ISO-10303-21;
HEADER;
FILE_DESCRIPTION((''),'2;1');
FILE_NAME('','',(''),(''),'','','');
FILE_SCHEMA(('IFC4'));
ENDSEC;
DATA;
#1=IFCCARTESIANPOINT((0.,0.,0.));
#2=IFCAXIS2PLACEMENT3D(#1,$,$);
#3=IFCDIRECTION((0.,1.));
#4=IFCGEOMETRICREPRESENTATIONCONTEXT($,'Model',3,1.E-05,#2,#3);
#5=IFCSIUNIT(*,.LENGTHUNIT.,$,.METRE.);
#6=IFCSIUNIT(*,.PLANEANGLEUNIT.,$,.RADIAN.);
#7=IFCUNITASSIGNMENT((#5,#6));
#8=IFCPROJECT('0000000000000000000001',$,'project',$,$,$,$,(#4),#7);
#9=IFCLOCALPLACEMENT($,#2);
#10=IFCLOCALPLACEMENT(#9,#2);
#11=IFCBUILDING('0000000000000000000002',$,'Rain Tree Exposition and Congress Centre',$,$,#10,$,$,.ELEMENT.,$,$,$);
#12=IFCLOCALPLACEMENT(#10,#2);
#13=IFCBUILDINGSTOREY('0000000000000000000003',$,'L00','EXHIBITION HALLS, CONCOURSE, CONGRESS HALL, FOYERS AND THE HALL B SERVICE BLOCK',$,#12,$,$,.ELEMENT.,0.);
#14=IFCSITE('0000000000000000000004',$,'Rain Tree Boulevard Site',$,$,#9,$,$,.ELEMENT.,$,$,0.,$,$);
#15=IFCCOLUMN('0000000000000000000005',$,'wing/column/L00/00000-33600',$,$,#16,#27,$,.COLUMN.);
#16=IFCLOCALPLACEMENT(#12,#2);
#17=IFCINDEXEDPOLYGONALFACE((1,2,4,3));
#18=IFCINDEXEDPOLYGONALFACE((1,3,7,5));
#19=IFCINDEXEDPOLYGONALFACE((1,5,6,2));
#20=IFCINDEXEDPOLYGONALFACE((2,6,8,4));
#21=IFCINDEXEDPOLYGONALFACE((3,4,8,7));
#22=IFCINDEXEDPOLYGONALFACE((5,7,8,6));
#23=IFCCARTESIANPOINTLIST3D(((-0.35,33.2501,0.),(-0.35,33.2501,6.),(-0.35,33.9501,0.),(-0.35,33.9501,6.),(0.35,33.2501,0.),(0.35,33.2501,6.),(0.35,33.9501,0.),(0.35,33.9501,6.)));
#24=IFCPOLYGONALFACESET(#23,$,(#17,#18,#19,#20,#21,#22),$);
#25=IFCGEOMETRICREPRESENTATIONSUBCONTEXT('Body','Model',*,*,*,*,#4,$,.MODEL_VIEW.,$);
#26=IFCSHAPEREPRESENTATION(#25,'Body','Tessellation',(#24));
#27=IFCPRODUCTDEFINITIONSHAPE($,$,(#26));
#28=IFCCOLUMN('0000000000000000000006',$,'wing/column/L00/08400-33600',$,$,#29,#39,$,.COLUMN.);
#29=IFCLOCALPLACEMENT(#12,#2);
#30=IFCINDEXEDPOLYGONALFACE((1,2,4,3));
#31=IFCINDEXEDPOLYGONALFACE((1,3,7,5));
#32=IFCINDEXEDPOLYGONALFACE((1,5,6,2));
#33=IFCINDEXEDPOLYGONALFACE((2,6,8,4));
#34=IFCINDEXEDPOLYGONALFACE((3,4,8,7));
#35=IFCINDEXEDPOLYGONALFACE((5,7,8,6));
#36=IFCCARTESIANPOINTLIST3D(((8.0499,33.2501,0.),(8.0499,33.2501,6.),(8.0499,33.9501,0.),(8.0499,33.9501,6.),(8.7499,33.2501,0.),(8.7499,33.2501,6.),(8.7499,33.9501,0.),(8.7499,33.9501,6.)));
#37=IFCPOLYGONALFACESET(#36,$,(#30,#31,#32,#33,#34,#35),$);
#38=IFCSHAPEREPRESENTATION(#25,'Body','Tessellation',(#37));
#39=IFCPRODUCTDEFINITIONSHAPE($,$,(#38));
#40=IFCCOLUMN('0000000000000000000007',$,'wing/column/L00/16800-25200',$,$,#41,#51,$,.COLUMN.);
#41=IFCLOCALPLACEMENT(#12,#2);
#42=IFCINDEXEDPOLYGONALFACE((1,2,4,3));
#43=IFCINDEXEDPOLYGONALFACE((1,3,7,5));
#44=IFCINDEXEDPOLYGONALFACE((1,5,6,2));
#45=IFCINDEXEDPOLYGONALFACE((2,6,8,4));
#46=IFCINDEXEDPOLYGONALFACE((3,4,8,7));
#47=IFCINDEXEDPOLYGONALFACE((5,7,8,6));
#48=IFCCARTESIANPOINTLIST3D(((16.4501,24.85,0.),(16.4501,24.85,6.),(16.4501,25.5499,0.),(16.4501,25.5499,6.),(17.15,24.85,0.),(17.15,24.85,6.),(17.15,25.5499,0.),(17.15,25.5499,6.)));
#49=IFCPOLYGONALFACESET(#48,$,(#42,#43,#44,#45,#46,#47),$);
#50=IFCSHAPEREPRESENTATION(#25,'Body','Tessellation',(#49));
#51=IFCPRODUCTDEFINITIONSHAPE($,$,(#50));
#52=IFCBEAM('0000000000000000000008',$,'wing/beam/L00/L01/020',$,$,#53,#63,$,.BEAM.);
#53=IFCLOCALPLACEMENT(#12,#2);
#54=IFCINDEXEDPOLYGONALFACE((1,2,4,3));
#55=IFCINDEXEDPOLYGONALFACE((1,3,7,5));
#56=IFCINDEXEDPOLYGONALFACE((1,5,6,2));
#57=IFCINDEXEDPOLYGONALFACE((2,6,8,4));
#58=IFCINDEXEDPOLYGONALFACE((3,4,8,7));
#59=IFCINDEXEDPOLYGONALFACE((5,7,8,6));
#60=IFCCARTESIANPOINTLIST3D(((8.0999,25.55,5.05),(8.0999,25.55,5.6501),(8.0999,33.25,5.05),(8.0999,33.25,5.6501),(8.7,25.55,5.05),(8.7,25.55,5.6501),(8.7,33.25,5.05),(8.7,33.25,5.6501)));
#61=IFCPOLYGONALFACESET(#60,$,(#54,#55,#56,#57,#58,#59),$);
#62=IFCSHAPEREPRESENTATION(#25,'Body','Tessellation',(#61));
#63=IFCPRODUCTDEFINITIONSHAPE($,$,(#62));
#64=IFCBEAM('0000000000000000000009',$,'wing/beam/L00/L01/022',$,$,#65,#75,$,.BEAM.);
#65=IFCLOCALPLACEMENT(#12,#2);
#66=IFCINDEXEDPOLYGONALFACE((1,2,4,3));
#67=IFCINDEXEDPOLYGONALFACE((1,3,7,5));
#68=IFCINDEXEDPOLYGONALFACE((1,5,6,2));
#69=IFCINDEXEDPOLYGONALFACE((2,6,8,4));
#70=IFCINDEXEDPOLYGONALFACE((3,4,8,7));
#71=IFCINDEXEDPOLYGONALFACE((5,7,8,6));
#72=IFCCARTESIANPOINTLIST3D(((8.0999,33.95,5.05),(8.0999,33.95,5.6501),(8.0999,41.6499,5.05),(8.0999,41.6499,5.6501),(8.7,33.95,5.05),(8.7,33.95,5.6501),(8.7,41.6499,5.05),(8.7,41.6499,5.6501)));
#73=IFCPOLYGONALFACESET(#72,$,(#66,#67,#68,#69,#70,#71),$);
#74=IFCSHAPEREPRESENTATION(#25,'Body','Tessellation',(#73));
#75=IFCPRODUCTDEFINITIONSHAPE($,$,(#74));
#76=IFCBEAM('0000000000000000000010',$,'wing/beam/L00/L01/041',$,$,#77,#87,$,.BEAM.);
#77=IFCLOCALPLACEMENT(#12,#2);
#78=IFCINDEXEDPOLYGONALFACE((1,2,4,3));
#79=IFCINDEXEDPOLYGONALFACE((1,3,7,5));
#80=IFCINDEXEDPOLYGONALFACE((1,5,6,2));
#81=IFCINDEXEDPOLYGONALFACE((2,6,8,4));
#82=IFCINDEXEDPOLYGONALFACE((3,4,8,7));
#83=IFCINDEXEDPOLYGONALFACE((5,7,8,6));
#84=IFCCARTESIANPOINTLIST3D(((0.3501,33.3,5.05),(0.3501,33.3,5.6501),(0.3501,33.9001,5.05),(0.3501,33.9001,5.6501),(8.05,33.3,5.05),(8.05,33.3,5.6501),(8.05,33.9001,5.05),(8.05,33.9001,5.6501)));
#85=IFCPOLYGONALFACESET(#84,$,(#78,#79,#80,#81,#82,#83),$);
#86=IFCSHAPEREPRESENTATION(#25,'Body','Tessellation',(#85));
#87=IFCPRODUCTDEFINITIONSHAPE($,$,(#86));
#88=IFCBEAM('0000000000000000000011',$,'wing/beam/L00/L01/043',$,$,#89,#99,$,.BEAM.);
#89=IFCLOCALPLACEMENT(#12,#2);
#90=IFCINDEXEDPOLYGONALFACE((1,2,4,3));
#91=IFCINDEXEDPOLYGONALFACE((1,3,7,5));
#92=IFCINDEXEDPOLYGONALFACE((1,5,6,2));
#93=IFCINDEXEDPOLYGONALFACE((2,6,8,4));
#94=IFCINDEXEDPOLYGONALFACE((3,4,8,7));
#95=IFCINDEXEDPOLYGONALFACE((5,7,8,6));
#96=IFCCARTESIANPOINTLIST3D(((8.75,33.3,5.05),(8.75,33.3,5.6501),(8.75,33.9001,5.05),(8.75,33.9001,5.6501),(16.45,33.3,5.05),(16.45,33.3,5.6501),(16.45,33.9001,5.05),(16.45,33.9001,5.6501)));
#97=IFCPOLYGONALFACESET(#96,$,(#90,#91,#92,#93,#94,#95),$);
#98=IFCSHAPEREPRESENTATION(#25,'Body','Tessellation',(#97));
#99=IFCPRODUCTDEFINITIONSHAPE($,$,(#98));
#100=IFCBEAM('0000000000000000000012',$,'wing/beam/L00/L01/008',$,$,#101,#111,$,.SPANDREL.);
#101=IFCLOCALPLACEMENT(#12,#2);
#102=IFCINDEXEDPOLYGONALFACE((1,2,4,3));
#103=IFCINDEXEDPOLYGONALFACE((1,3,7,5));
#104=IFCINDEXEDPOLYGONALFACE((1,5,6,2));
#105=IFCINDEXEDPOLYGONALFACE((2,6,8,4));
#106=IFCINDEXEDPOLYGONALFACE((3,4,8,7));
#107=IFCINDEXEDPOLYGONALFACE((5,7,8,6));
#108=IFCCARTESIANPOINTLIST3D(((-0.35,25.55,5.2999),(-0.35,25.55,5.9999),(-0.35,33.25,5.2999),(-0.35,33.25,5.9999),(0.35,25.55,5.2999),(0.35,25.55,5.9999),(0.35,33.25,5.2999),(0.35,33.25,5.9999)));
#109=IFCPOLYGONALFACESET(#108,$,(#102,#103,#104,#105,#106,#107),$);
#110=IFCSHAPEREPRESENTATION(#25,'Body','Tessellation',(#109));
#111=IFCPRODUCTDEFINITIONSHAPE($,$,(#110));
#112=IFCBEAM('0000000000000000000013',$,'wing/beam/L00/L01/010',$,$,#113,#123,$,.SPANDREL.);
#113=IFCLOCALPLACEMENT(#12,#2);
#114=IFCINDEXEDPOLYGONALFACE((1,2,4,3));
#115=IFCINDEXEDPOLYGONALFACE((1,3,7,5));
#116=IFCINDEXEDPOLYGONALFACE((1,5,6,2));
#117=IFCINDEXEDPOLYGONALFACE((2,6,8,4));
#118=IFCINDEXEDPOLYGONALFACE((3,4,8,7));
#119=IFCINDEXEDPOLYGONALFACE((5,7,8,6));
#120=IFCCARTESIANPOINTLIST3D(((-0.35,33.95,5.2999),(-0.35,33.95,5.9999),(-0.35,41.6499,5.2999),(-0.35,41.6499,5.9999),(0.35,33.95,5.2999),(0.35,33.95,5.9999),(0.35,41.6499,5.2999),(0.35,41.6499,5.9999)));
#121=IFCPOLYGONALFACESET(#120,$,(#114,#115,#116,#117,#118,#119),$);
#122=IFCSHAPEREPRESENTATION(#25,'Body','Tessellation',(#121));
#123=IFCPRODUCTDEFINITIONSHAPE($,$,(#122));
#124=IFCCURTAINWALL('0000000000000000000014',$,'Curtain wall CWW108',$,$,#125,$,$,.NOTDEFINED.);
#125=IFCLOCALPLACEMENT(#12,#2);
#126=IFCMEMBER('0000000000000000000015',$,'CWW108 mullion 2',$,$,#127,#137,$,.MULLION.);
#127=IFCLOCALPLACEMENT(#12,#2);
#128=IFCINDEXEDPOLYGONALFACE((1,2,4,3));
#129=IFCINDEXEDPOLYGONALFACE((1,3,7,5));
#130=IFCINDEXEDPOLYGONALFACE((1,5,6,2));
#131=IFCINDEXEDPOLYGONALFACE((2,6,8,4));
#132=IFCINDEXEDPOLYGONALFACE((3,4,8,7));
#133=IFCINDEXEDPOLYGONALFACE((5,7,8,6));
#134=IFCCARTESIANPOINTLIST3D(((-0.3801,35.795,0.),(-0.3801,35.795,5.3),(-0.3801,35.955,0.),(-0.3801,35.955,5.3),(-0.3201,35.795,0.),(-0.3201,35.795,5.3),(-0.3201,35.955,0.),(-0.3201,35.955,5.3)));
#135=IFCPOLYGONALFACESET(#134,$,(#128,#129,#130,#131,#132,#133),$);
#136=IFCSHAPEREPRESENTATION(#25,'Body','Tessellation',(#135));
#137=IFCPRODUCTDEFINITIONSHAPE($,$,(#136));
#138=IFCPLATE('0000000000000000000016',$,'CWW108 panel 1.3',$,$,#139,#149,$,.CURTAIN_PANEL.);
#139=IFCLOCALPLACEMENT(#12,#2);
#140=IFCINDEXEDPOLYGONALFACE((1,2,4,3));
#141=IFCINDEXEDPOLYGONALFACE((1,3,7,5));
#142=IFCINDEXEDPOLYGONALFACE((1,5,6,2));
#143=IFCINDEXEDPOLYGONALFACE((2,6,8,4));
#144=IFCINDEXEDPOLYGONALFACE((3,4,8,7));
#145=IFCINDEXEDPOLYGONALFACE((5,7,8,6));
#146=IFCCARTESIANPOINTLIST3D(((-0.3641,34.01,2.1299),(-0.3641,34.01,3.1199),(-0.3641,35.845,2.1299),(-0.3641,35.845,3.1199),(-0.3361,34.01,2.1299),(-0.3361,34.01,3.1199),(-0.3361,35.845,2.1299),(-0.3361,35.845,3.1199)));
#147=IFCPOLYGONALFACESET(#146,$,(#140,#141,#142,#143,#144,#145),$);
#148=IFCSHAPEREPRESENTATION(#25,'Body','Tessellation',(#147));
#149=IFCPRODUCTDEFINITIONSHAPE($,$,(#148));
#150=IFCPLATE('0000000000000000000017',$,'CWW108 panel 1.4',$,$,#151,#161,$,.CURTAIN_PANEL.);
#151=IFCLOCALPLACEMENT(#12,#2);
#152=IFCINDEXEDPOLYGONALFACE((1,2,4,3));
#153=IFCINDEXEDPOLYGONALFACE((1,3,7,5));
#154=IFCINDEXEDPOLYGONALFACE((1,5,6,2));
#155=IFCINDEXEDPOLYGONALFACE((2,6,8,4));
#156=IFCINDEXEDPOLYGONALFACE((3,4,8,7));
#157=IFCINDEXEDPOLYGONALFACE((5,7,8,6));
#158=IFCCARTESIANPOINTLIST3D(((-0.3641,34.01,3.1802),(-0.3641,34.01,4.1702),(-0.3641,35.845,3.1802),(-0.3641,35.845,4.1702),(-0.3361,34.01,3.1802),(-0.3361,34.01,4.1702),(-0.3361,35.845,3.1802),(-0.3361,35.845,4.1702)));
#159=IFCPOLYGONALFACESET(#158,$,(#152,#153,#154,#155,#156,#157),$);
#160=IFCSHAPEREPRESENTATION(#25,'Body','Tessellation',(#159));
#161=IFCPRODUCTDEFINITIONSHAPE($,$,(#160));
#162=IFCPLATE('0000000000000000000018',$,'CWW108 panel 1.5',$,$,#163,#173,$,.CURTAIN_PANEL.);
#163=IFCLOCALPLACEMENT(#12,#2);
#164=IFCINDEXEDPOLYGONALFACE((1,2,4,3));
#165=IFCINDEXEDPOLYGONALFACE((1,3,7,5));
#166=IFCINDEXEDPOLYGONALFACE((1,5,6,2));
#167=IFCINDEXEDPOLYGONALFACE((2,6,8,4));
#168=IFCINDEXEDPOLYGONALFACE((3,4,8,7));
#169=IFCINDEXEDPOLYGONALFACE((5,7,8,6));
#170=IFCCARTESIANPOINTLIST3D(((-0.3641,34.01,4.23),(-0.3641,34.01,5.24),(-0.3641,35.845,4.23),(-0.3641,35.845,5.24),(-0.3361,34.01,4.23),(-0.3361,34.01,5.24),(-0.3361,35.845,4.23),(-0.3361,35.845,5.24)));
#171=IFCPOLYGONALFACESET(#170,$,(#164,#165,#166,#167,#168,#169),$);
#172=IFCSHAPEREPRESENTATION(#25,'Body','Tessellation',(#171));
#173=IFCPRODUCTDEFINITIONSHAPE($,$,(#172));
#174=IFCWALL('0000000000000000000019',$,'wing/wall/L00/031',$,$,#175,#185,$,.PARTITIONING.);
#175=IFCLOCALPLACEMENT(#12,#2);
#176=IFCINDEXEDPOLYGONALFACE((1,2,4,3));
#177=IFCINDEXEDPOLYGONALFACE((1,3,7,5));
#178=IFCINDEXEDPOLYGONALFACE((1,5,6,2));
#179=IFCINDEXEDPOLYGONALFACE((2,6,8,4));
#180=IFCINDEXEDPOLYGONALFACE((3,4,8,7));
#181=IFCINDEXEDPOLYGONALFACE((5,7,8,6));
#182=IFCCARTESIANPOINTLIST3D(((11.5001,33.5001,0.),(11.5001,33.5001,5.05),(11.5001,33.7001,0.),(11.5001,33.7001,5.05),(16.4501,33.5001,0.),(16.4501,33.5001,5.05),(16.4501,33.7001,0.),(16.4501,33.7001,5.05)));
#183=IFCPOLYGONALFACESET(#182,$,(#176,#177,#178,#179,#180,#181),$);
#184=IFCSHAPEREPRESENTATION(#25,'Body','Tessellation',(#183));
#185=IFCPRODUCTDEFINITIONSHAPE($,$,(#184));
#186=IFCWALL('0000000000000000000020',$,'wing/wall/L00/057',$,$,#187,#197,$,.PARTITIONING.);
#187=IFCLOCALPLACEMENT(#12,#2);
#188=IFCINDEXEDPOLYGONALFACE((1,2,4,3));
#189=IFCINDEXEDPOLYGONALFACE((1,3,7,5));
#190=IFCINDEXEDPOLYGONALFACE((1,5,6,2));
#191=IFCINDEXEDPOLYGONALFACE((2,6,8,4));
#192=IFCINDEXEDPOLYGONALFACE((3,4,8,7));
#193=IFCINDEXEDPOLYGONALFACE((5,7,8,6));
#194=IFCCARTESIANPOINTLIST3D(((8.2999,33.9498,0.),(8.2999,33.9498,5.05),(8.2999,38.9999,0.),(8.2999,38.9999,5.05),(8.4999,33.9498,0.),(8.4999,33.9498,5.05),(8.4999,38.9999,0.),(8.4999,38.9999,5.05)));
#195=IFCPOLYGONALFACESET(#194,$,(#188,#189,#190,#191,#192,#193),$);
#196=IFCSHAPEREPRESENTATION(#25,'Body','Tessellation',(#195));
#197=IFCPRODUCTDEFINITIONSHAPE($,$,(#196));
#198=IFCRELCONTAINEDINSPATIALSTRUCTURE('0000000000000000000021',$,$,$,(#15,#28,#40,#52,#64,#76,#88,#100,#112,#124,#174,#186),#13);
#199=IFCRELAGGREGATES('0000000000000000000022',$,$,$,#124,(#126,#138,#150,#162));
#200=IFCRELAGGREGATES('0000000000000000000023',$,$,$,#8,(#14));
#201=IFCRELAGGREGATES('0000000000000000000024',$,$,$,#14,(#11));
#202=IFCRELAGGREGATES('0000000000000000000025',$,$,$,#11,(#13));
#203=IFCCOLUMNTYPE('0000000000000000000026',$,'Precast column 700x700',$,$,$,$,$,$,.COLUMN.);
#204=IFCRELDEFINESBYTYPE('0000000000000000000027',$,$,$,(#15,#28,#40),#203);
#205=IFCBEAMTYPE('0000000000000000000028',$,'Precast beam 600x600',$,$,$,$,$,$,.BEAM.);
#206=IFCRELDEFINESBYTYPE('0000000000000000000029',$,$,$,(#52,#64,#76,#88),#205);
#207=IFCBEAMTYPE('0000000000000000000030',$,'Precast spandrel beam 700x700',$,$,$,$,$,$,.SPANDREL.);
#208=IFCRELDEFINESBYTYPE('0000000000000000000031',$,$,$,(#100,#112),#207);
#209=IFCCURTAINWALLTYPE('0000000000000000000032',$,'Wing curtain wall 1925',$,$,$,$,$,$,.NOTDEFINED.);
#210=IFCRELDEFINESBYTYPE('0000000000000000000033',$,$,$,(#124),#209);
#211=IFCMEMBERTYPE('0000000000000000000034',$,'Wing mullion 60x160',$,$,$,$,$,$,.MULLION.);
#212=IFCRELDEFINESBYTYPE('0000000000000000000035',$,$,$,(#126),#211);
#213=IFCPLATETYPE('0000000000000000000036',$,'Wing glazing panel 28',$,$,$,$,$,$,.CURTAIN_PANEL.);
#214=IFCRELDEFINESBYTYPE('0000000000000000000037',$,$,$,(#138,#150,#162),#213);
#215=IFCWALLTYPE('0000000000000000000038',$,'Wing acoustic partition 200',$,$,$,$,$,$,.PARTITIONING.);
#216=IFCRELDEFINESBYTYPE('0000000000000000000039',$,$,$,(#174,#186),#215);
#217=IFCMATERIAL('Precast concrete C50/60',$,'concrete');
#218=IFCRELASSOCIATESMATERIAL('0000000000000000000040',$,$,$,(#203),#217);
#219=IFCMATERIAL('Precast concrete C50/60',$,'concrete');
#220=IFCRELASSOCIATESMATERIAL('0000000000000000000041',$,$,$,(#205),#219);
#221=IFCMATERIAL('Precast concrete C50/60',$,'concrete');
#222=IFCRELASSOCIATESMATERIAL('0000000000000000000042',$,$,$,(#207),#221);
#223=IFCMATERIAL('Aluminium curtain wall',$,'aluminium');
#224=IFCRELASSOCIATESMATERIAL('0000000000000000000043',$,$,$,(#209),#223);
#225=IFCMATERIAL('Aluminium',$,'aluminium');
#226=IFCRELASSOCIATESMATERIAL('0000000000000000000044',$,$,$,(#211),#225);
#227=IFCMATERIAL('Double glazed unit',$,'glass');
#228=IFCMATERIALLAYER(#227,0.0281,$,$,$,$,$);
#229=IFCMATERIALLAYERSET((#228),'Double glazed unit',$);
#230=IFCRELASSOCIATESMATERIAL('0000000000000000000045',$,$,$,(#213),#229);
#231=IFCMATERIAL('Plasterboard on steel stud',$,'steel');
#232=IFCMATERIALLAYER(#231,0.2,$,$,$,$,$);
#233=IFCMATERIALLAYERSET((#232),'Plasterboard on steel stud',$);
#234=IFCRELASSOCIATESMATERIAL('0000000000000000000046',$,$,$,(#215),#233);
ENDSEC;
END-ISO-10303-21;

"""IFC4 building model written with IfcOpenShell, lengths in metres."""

from ifc_helpers import new_model, si_unit, direction, frame, frame_2d, origin, origin_2d, place, context, subcontext, project, spatial, rectangle, extrude, material, layer, layer_set, material_profile, profile_set, type_object, element, aggregate, save


model = new_model("IFC4")

# Units and contexts
model_context = context("Model", 3, precision=1e-05, world=origin(), true_north=direction((0.0, 1.0)))
body_context = subcontext(model_context, "Body", "Model", "MODEL_VIEW")
ifc_project = project(units=[si_unit("LENGTHUNIT", "METRE"), si_unit("PLANEANGLEUNIT", "RADIAN")], contexts=[model_context])

# Site, building, storey
site_placement = place(None, origin())
site = spatial("IfcSite", under=ifc_project, at=site_placement, Name="Rain Tree Boulevard Site", CompositionType="ELEMENT", RefElevation=0.0)
building_placement = place(site_placement, origin())
building = spatial("IfcBuilding", under=site, at=building_placement, Name="Rain Tree Exposition and Congress Centre", CompositionType="ELEMENT")
storey_placement = place(building_placement, origin())
storey = spatial("IfcBuildingStorey", under=building, at=storey_placement, Name="L00", Description="EXHIBITION HALLS, CONCOURSE, CONGRESS HALL, FOYERS AND THE HALL B SERVICE BLOCK", CompositionType="ELEMENT", Elevation=0.0)

# Columns
ifc_material_1 = material(Name="Precast concrete C50/60", Category="concrete")
ifc_material_profile_1 = material_profile(ifc_material_1, rectangle(XDim=0.7, YDim=0.7, at=origin_2d()), Name="RC 700x700")
ifc_profile_set_1 = profile_set([ifc_material_profile_1], Name="Precast concrete C50/60")
column_type = type_object("IfcColumnType", Name="Precast column 700x700", PredefinedType="COLUMN", material=ifc_profile_set_1)
for number, where, z_axis, x_axis, name in (
    (1, (0.0, 33.6001, 0.0), (0.0, 0.0, 1.0), (1.0, 0.0, 0.0), "wing/column/L00/00000-33600"),
    (2, (8.3999, 33.6001, 0.0), (0.0, 0.0, 1.0), (1.0, 0.0, 0.0), "wing/column/L00/08400-33600"),
    (3, (16.8, 25.2, 0.0), (0.0, 0.0, 1.0), (1.0, 0.0, 0.0), "wing/column/L00/16800-25200"),
):
    element("IfcColumn", number, at=place(storey_placement, frame(where, z_axis=z_axis, x_axis=x_axis)), inside=storey, type_object=column_type, Name=name, PredefinedType="COLUMN", context=body_context, shape_type="SweptSolid", body=[
        extrude(rectangle(XDim=0.7, YDim=0.7, at=origin_2d()), origin(), (0.0, 0.0, 1.0), 6.0),
    ])

# Beams
ifc_material_2 = material(Name="Precast concrete C50/60", Category="concrete")
ifc_material_profile_2 = material_profile(ifc_material_2, rectangle(XDim=0.6001, YDim=0.6001, at=origin_2d()), Name="RC 600x600")
ifc_profile_set_2 = profile_set([ifc_material_profile_2], Name="Precast concrete C50/60")
beam_type_1 = type_object("IfcBeamType", Name="Precast beam 600x600", PredefinedType="BEAM", material=ifc_profile_set_2)
for number, where, z_axis, x_axis, name in (
    (4, (8.3999, 25.55, 5.3501), (0.0, 1.0, 0.0), (-1.0, 0.0, 0.0), "wing/beam/L00/L01/020"),
    (5, (8.3999, 33.95, 5.3501), (0.0, 1.0, 0.0), (-1.0, 0.0, 0.0), "wing/beam/L00/L01/022"),
    (6, (0.3501, 33.6001, 5.3501), (1.0, 0.0, 0.0), (0.0, 1.0, 0.0), "wing/beam/L00/L01/041"),
    (7, (8.75, 33.6001, 5.3501), (1.0, 0.0, 0.0), (0.0, 1.0, 0.0), "wing/beam/L00/L01/043"),
):
    element("IfcBeam", number, at=place(storey_placement, frame(where, z_axis=z_axis, x_axis=x_axis)), inside=storey, type_object=beam_type_1, Name=name, PredefinedType="BEAM", context=body_context, shape_type="SweptSolid", body=[
        extrude(rectangle(XDim=0.6001, YDim=0.6001, at=origin_2d()), origin(), (0.0, 0.0, 1.0), 7.7),
    ])
ifc_material_3 = material(Name="Precast concrete C50/60", Category="concrete")
ifc_material_profile_3 = material_profile(ifc_material_3, rectangle(XDim=0.7, YDim=0.7, at=origin_2d()), Name="RC 700x700")
ifc_profile_set_3 = profile_set([ifc_material_profile_3], Name="Precast concrete C50/60")
beam_type_2 = type_object("IfcBeamType", Name="Precast spandrel beam 700x700", PredefinedType="SPANDREL", material=ifc_profile_set_3)
for number, where, z_axis, x_axis, name in (
    (8, (0.0, 25.55, 5.6499), (0.0, 1.0, 0.0), (-1.0, 0.0, 0.0), "wing/beam/L00/L01/008"),
    (9, (0.0, 33.95, 5.6499), (0.0, 1.0, 0.0), (-1.0, 0.0, 0.0), "wing/beam/L00/L01/010"),
):
    element("IfcBeam", number, at=place(storey_placement, frame(where, z_axis=z_axis, x_axis=x_axis)), inside=storey, type_object=beam_type_2, Name=name, PredefinedType="SPANDREL", context=body_context, shape_type="SweptSolid", body=[
        extrude(rectangle(XDim=0.7, YDim=0.7, at=origin_2d()), origin(), (0.0, 0.0, 1.0), 7.7),
    ])

# Curtain wall, member, plates
ifc_material_4 = material(Name="Aluminium curtain wall", Category="aluminium")
curtain_wall_type = type_object("IfcCurtainWallType", Name="Wing curtain wall 1925", PredefinedType="NOTDEFINED", material=ifc_material_4)
curtain_wall_placement = place(storey_placement, origin())
curtain_wall = element("IfcCurtainWall", 10, at=curtain_wall_placement, inside=storey, type_object=curtain_wall_type, Name="Curtain wall CWW108", PredefinedType="NOTDEFINED")
ifc_material_5 = material(Name="Aluminium", Category="aluminium")
ifc_material_profile_4 = material_profile(ifc_material_5, rectangle(XDim=0.0601, YDim=0.1599, at=origin_2d()), Name="Aluminium 60x160")
ifc_profile_set_4 = profile_set([ifc_material_profile_4], Name="Aluminium")
member_type = type_object("IfcMemberType", Name="Wing mullion 60x160", PredefinedType="MULLION", material=ifc_profile_set_4)
member_placement = place(storey_placement, frame((-0.3501, 35.875, 0.0), z_axis=(0.0, 0.0, 1.0), x_axis=(-1.0, 0.0, 0.0)))
member = element("IfcMember", 11, at=member_placement, type_object=member_type, Name="CWW108 mullion 2", PredefinedType="MULLION", context=body_context, shape_type="SweptSolid", body=[
    extrude(rectangle(XDim=0.0601, YDim=0.1599, at=origin_2d()), origin(), (0.0, 0.0, 1.0), 5.3),
])
ifc_material_6 = material(Name="Double glazed unit", Category="glass")
ifc_layer_1 = layer(ifc_material_6, 0.0281)
ifc_layer_set_1 = layer_set([ifc_layer_1], Name="Double glazed unit")
plate_type = type_object("IfcPlateType", Name="Wing glazing panel 28", PredefinedType="CURTAIN_PANEL", material=ifc_layer_set_1)
plate_1_placement = place(storey_placement, frame((-0.3501, 34.9275, 2.1299), z_axis=(0.0, 0.0, 1.0), x_axis=(0.0, 1.0, 0.0)))
plate_1 = element("IfcPlate", 12, at=plate_1_placement, type_object=plate_type, Name="CWW108 panel 1.3", PredefinedType="CURTAIN_PANEL", context=body_context, shape_type="SweptSolid", body=[
    extrude(rectangle(XDim=1.835, YDim=0.0281, at=origin_2d()), origin(), (0.0, 0.0, 1.0), 0.99),
])
plate_2_placement = place(storey_placement, frame((-0.3501, 34.9275, 3.1802), z_axis=(0.0, 0.0, 1.0), x_axis=(0.0, 1.0, 0.0)))
plate_2 = element("IfcPlate", 13, at=plate_2_placement, type_object=plate_type, Name="CWW108 panel 1.4", PredefinedType="CURTAIN_PANEL", context=body_context, shape_type="SweptSolid", body=[
    extrude(rectangle(XDim=1.835, YDim=0.0281, at=origin_2d()), origin(), (0.0, 0.0, 1.0), 0.99),
])
plate_3_placement = place(storey_placement, frame((-0.3501, 34.9275, 4.23), z_axis=(0.0, 0.0, 1.0), x_axis=(0.0, 1.0, 0.0)))
plate_3 = element("IfcPlate", 14, at=plate_3_placement, type_object=plate_type, Name="CWW108 panel 1.5", PredefinedType="CURTAIN_PANEL", context=body_context, shape_type="SweptSolid", body=[
    extrude(rectangle(XDim=1.835, YDim=0.0281, at=origin_2d()), origin(), (0.0, 0.0, 1.0), 1.01),
])
aggregate(curtain_wall, [member, plate_1, plate_2, plate_3])

# Wall
ifc_material_7 = material(Name="Plasterboard on steel stud", Category="steel")
ifc_layer_2 = layer(ifc_material_7, 0.2)
ifc_layer_set_2 = layer_set([ifc_layer_2], Name="Plasterboard on steel stud")
wall_type_1 = type_object("IfcWallType", Name="Wing acoustic partition 200", PredefinedType="PARTITIONING", material=ifc_layer_set_2)
wall_1_placement = place(storey_placement, frame((11.5, 33.6001, 0.0), z_axis=(0.0, 0.0, 1.0), x_axis=(1.0, 0.0, 0.0)))
element("IfcWall", 15, at=wall_1_placement, inside=storey, type_object=wall_type_1, Name="wing/wall/L00/031", PredefinedType="PARTITIONING", context=body_context, shape_type="SweptSolid", body=[
    extrude(rectangle(XDim=4.95, YDim=0.2, at=frame_2d((2.4751, 0.0))), origin(), (0.0, 0.0, 1.0), 5.05),
])

# Wall
wall_2_placement = place(storey_placement, frame((8.3999, 33.95, 0.0), z_axis=(0.0, 0.0, 1.0), x_axis=(0.0, 1.0, 0.0)))
element("IfcWall", 16, at=wall_2_placement, inside=storey, type_object=wall_type_1, Name="wing/wall/L00/057", PredefinedType="PARTITIONING", context=body_context, shape_type="SweptSolid", body=[
    extrude(rectangle(XDim=5.05, YDim=0.2, at=frame_2d((2.5249, 0.0))), origin(), (0.0, 0.0, 1.0), 5.05),
])

save(model, "model.ifc")
